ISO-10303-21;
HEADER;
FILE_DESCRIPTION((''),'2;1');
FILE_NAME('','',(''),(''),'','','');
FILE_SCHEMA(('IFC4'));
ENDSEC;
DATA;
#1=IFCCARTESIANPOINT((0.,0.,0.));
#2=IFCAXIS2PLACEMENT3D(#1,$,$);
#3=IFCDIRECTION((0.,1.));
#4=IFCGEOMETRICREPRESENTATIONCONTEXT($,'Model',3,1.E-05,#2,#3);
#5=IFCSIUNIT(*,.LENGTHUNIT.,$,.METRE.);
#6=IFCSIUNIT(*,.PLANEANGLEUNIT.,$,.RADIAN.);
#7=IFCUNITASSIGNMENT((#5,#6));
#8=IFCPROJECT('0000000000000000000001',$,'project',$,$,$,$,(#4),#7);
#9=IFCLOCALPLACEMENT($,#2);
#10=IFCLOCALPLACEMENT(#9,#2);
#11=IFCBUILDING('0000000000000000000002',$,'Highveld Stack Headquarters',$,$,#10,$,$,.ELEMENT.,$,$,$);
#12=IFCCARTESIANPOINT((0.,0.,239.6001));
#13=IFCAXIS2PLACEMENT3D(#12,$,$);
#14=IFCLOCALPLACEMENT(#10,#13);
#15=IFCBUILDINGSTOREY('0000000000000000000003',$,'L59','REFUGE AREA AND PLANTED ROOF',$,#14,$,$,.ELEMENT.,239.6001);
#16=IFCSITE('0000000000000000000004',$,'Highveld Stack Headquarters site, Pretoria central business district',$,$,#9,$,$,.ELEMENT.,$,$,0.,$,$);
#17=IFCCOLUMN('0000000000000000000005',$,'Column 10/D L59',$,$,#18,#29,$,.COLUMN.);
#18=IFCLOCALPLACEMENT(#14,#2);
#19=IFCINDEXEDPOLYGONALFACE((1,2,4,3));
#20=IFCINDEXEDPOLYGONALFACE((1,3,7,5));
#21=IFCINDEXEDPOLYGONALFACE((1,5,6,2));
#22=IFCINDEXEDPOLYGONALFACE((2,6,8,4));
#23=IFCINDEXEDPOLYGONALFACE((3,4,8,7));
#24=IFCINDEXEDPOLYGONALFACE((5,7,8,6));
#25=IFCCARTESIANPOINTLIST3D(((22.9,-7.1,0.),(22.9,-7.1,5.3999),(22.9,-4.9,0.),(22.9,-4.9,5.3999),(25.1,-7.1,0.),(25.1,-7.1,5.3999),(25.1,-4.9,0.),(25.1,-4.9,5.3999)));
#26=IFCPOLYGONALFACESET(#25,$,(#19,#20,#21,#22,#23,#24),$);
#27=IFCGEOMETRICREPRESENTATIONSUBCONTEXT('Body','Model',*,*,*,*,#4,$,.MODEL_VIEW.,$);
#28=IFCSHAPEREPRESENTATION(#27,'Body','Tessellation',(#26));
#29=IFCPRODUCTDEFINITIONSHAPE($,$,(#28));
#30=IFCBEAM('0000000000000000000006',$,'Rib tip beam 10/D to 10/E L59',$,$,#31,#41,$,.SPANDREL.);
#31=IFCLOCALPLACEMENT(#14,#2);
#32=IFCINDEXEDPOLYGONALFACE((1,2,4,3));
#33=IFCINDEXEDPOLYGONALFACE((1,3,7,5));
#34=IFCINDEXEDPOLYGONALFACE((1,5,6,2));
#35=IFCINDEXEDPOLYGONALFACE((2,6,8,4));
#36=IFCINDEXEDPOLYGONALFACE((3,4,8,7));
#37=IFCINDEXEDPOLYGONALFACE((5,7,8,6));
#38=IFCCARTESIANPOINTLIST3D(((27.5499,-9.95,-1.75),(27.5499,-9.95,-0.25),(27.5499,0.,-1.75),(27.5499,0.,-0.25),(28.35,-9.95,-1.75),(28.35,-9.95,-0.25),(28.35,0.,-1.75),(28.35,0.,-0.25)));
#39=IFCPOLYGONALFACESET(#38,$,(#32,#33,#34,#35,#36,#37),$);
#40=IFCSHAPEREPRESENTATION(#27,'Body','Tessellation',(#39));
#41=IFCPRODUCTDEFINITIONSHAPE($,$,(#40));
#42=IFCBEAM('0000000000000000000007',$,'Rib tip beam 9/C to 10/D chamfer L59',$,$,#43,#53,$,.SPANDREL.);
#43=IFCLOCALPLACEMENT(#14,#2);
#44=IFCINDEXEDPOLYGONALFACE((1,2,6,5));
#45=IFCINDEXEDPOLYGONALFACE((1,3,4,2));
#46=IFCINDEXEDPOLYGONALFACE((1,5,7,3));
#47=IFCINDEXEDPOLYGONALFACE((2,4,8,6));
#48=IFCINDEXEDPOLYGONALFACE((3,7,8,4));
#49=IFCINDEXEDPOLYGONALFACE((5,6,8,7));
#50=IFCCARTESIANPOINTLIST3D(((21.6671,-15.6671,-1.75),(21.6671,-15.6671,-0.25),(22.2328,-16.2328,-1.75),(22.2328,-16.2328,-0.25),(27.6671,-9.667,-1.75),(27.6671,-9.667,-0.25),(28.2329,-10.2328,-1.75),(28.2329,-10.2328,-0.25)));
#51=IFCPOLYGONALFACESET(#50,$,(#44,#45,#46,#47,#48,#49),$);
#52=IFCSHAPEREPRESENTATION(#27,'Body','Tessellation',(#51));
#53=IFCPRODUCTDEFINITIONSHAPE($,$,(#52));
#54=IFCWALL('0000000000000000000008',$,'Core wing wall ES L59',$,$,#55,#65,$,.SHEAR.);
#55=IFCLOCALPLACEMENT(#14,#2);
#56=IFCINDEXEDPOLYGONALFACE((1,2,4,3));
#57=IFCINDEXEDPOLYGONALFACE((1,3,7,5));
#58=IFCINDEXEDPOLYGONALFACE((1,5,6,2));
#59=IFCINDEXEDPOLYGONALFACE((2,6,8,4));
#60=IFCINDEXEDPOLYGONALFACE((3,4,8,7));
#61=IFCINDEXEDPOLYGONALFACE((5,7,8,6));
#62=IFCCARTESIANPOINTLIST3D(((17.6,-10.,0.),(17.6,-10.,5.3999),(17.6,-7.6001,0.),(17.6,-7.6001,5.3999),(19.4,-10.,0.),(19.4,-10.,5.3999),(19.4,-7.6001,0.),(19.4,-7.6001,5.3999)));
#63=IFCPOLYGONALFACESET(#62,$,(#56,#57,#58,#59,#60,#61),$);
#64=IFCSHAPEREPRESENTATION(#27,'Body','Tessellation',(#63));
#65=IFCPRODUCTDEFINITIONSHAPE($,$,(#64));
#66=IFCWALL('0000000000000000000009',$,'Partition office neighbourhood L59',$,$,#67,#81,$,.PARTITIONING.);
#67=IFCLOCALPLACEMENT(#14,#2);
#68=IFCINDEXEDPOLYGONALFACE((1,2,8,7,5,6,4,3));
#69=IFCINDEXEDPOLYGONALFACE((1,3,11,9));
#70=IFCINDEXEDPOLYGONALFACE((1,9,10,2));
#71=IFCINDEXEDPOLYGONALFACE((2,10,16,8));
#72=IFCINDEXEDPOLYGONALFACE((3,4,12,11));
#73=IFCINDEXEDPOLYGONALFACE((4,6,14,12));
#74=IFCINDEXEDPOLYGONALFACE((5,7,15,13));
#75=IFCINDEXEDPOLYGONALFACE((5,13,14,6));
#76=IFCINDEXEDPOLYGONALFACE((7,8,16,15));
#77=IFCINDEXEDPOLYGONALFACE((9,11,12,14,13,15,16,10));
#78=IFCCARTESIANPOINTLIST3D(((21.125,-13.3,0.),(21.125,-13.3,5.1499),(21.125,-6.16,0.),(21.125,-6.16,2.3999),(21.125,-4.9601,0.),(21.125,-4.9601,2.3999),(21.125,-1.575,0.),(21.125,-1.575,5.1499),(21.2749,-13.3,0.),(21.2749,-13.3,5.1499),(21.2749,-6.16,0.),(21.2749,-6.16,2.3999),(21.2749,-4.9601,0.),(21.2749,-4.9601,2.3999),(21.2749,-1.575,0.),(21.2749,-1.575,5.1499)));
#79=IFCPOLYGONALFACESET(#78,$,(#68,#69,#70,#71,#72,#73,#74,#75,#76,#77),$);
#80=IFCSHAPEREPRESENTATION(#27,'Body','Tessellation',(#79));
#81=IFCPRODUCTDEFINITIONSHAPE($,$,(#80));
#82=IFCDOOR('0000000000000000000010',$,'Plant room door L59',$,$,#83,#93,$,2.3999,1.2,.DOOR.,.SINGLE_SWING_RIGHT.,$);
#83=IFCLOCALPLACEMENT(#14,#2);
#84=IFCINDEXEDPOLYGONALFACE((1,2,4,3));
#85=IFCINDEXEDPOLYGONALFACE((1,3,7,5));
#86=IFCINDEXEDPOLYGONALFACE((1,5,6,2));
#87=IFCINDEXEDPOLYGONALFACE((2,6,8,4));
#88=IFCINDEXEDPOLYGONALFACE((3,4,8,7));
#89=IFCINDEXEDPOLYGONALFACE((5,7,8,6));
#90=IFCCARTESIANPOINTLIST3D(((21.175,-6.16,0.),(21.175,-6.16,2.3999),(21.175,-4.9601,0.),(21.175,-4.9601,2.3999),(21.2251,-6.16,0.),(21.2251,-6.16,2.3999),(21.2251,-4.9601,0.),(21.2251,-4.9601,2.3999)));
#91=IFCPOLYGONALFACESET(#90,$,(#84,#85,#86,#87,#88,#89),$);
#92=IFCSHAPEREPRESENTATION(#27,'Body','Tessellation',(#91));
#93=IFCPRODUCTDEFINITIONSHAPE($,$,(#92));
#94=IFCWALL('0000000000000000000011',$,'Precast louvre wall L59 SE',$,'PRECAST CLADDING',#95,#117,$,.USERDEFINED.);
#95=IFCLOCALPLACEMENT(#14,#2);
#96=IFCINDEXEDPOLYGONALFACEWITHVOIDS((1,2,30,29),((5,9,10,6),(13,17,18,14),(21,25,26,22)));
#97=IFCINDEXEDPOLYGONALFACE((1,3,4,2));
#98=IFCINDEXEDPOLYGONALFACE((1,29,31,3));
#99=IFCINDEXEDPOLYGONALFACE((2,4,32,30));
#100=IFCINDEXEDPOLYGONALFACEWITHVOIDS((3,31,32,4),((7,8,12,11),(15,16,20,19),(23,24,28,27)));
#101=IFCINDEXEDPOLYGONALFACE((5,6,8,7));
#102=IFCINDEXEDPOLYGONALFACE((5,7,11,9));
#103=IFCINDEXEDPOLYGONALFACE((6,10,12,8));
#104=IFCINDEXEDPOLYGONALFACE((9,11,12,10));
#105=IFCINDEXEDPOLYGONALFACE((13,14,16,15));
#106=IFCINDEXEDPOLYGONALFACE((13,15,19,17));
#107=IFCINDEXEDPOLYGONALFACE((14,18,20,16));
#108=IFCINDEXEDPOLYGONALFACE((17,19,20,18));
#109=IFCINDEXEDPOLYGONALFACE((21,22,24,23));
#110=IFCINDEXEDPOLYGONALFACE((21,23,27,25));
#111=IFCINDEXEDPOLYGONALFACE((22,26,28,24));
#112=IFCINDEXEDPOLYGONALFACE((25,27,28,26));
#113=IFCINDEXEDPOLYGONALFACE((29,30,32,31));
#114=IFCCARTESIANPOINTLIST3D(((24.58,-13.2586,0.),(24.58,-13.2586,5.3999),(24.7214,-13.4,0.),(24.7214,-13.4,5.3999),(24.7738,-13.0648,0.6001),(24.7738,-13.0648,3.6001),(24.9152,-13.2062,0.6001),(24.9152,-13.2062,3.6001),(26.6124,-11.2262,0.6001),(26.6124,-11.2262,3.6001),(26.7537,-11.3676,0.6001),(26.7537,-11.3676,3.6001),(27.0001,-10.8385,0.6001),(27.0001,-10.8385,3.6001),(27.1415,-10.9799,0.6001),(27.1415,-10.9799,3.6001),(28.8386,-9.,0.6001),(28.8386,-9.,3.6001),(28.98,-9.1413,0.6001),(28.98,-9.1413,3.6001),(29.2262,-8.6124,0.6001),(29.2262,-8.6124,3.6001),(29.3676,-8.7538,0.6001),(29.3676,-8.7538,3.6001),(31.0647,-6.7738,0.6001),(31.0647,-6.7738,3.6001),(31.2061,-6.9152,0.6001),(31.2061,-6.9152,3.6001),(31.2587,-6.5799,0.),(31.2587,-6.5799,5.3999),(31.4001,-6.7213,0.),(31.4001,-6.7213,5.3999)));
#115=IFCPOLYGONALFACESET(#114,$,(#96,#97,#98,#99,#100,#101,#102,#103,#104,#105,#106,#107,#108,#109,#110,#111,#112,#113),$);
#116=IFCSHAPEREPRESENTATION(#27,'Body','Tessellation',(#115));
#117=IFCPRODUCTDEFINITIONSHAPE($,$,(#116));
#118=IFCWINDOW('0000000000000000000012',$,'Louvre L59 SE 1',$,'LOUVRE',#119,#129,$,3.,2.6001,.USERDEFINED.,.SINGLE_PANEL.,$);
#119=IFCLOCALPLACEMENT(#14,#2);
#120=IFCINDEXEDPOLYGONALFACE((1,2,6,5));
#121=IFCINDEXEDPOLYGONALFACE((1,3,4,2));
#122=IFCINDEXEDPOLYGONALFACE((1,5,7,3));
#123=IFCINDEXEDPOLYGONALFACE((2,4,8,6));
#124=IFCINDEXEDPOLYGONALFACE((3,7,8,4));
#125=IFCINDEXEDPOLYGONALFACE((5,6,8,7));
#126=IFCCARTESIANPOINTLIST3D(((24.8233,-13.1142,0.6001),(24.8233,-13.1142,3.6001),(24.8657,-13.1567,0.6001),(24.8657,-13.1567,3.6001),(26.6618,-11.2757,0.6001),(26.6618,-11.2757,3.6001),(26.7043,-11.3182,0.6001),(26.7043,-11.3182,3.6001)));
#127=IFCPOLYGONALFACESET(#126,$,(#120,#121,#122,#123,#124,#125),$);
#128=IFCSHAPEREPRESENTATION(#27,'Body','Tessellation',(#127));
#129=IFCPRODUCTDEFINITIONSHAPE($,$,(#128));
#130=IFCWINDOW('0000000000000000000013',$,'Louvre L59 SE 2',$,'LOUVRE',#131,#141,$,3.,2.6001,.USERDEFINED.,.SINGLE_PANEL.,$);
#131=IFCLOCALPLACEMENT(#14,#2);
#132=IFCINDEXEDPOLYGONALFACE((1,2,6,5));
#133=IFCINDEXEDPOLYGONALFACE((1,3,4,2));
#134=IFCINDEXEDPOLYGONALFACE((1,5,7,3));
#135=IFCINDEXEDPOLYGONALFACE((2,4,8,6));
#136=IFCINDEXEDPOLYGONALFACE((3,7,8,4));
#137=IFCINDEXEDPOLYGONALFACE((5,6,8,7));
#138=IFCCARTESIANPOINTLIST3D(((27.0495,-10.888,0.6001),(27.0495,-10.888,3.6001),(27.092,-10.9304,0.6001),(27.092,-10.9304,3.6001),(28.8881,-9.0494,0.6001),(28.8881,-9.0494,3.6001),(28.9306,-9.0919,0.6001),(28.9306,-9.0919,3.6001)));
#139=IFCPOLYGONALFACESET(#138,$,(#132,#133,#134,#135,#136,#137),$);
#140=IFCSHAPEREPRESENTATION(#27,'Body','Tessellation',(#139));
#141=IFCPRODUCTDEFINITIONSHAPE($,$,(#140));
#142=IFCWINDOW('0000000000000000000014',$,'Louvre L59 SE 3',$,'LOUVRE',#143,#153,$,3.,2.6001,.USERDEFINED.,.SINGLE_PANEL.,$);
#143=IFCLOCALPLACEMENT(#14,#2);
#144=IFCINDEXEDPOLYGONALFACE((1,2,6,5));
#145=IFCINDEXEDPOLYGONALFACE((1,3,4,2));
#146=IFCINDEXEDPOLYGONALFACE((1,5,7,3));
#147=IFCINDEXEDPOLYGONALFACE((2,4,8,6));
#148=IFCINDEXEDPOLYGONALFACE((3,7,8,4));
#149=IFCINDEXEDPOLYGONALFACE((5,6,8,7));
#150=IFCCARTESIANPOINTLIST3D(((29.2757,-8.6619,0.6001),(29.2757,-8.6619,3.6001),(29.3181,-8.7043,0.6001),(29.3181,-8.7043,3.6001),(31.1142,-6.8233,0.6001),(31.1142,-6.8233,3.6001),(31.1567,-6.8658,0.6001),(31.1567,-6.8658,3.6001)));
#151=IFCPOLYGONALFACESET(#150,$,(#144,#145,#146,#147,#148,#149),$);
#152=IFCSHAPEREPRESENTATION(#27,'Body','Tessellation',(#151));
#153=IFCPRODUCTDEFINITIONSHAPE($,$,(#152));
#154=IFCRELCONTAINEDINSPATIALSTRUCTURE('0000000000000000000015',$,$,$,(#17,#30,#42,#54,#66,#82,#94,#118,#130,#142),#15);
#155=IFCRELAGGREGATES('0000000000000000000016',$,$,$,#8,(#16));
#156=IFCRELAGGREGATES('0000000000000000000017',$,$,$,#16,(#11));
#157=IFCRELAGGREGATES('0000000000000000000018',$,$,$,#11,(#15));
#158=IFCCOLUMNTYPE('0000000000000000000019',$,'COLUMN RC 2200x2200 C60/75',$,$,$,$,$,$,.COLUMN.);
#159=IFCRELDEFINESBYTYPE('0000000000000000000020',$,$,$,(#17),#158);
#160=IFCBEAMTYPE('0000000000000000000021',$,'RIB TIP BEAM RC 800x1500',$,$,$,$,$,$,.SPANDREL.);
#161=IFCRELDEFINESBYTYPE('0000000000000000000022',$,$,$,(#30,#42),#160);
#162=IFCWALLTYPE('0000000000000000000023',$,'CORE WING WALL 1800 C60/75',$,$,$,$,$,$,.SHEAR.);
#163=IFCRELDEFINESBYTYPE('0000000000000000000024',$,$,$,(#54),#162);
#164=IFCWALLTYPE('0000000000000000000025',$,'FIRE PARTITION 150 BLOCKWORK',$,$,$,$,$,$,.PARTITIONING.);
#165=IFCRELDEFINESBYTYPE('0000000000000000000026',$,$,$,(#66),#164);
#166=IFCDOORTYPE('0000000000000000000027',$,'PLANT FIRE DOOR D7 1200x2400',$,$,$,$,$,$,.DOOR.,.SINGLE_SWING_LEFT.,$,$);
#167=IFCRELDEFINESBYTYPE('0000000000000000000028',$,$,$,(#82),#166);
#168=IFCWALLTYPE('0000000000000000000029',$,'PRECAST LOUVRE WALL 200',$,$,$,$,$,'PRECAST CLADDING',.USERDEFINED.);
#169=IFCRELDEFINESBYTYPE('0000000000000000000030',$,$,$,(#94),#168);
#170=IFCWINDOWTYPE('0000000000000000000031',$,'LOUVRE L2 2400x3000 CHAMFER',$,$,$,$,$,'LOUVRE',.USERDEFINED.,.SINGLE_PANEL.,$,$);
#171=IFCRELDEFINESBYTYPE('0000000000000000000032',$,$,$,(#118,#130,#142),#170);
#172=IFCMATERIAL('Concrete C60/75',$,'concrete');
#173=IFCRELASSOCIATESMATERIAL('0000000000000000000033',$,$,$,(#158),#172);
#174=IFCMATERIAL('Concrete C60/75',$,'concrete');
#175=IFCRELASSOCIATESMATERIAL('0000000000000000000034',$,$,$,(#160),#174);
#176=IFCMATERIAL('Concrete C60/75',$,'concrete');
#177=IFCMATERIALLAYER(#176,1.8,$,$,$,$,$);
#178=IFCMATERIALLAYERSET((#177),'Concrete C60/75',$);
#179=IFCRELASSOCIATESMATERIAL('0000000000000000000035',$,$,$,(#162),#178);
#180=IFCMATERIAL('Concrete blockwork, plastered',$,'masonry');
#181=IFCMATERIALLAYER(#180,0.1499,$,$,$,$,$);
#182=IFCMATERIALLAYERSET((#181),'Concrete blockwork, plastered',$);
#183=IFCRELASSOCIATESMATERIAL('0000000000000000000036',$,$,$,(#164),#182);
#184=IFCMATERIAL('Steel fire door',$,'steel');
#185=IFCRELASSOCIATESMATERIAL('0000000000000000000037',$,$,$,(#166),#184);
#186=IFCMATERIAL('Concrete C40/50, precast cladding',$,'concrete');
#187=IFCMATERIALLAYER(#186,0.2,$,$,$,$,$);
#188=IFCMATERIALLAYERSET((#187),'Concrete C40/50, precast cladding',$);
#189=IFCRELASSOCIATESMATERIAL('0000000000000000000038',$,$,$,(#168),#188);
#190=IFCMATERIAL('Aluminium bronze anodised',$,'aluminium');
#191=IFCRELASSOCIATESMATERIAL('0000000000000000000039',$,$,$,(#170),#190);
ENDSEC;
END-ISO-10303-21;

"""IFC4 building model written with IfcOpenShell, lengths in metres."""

from ifc_helpers import new_model, si_unit, direction, frame, frame_2d, origin, origin_2d, place, context, subcontext, project, spatial, rectangle, extrude, material, layer, layer_set, material_profile, profile_set, type_object, element, fill, save


model = new_model("IFC4")

# Units and contexts
model_context = context("Model", 3, precision=1e-05, world=origin(), true_north=direction((0.0, 1.0)))
body_context = subcontext(model_context, "Body", "Model", "MODEL_VIEW")
ifc_project = project(units=[si_unit("LENGTHUNIT", "METRE"), si_unit("PLANEANGLEUNIT", "RADIAN")], contexts=[model_context])

# Site, building, storey
site_placement = place(None, origin())
site = spatial("IfcSite", under=ifc_project, at=site_placement, Name="Highveld Stack Headquarters site, Pretoria central business district", CompositionType="ELEMENT", RefElevation=0.0)
building_placement = place(site_placement, origin())
building = spatial("IfcBuilding", under=site, at=building_placement, Name="Highveld Stack Headquarters", CompositionType="ELEMENT")
storey_placement = place(building_placement, frame((0.0, 0.0, 239.6001)))
storey = spatial("IfcBuildingStorey", under=building, at=storey_placement, Name="L59", Description="REFUGE AREA AND PLANTED ROOF", CompositionType="ELEMENT", Elevation=239.6001)

# Column
ifc_material_1 = material(Name="Concrete C60/75", Category="concrete")
ifc_material_profile_1 = material_profile(ifc_material_1, rectangle(XDim=2.2, YDim=2.2, at=origin_2d()), Name="RC 2200x2200")
ifc_profile_set_1 = profile_set([ifc_material_profile_1], Name="Concrete C60/75")
column_type = type_object("IfcColumnType", Name="COLUMN RC 2200x2200 C60/75", PredefinedType="COLUMN", material=ifc_profile_set_1)
column_placement = place(storey_placement, frame((24.0, -6.0, 0.0), z_axis=(0.0, 0.0, 1.0), x_axis=(1.0, 0.0, 0.0)))
element("IfcColumn", 1, at=column_placement, inside=storey, type_object=column_type, Name="Column 10/D L59", PredefinedType="COLUMN", context=body_context, shape_type="SweptSolid", body=[
    extrude(rectangle(XDim=2.2, YDim=2.2, at=origin_2d()), origin(), (0.0, 0.0, 1.0), 5.3999),
])

# Beams
ifc_material_2 = material(Name="Concrete C60/75", Category="concrete")
ifc_material_profile_2 = material_profile(ifc_material_2, rectangle(XDim=0.8, YDim=1.5, at=origin_2d()), Name="RC 800x1500")
ifc_profile_set_2 = profile_set([ifc_material_profile_2], Name="Concrete C60/75")
beam_type = type_object("IfcBeamType", Name="RIB TIP BEAM RC 800x1500", PredefinedType="SPANDREL", material=ifc_profile_set_2)
beam_1_placement = place(storey_placement, frame((27.95, -9.95, -1.0), z_axis=(0.0, 1.0, 0.0), x_axis=(-1.0, 0.0, 0.0)))
element("IfcBeam", 2, at=beam_1_placement, inside=storey, type_object=beam_type, Name="Rib tip beam 10/D to 10/E L59", PredefinedType="SPANDREL", context=body_context, shape_type="SweptSolid", body=[
    extrude(rectangle(XDim=0.8, YDim=1.5, at=origin_2d()), origin(), (0.0, 0.0, 1.0), 9.95),
])
beam_2_placement = place(storey_placement, frame((21.95, -15.95, -1.0), z_axis=(0.707107, 0.707107, 0.0), x_axis=(-0.707107, 0.707107, 0.0)))
element("IfcBeam", 3, at=beam_2_placement, inside=storey, type_object=beam_type, Name="Rib tip beam 9/C to 10/D chamfer L59", PredefinedType="SPANDREL", context=body_context, shape_type="SweptSolid", body=[
    extrude(rectangle(XDim=0.8, YDim=1.5, at=origin_2d()), origin(), (0.0, 0.0, 1.0), 8.4854),
])

# Wall
ifc_material_3 = material(Name="Concrete C60/75", Category="concrete")
ifc_layer_1 = layer(ifc_material_3, 1.8)
ifc_layer_set_1 = layer_set([ifc_layer_1], Name="Concrete C60/75")
wall_type_1 = type_object("IfcWallType", Name="CORE WING WALL 1800 C60/75", PredefinedType="SHEAR", material=ifc_layer_set_1)
wall_1_placement = place(storey_placement, frame((18.5, -10.0, 0.0), z_axis=(0.0, 0.0, 1.0), x_axis=(0.0, 1.0, 0.0)))
element("IfcWall", 4, at=wall_1_placement, inside=storey, type_object=wall_type_1, Name="Core wing wall ES L59", PredefinedType="SHEAR", context=body_context, shape_type="SweptSolid", body=[
    extrude(rectangle(XDim=2.3999, YDim=1.8, at=frame_2d((1.2, 0.0))), origin(), (0.0, 0.0, 1.0), 5.3999),
])

# Wall, opening, door
ifc_material_4 = material(Name="Concrete blockwork, plastered", Category="masonry")
ifc_layer_2 = layer(ifc_material_4, 0.1499)
ifc_layer_set_2 = layer_set([ifc_layer_2], Name="Concrete blockwork, plastered")
wall_type_2 = type_object("IfcWallType", Name="FIRE PARTITION 150 BLOCKWORK", PredefinedType="PARTITIONING", material=ifc_layer_set_2)
wall_2_placement = place(storey_placement, frame((21.2, -13.3, 0.0), z_axis=(0.0, 0.0, 1.0), x_axis=(0.0, 1.0, 0.0)))
wall_2 = element("IfcWall", 5, at=wall_2_placement, inside=storey, type_object=wall_type_2, Name="Partition office neighbourhood L59", PredefinedType="PARTITIONING", context=body_context, shape_type="SweptSolid", body=[
    extrude(rectangle(XDim=11.7251, YDim=0.1499, at=frame_2d((5.8625, 0.0))), origin(), (0.0, 0.0, 1.0), 5.1499),
])
opening_1_placement = place(wall_2_placement, frame((7.1399, 0.0, 0.0)))
opening_1 = element("IfcOpeningElement", 6, at=opening_1_placement, cuts=wall_2, PredefinedType="OPENING", context=body_context, shape_type="SweptSolid", body=[
    extrude(rectangle(XDim=1.2, YDim=2.3999, at=frame_2d((0.6001, 1.2))), frame((0.0, 0.085, 0.0), z_axis=(0.0, -1.0, 0.0), x_axis=(1.0, 0.0, 0.0)), (0.0, 0.0, 1.0), 0.1699),
])
ifc_material_5 = material(Name="Steel fire door", Category="steel")
door_type_1 = type_object("IfcDoorType", Name="PLANT FIRE DOOR D7 1200x2400", OperationType="SINGLE_SWING_LEFT", PredefinedType="DOOR", material=ifc_material_5)
door_1_placement = place(opening_1_placement, origin())
door_1 = element("IfcDoor", 7, at=door_1_placement, inside=storey, type_object=door_type_1, Name="Plant room door L59", OperationType="SINGLE_SWING_RIGHT", OverallHeight=2.3999, OverallWidth=1.2, PredefinedType="DOOR", context=body_context, shape_type="SweptSolid", body=[
    extrude(rectangle(XDim=1.2, YDim=2.3999, at=frame_2d((0.6001, 1.2))), frame((0.0, 0.0249, 0.0), z_axis=(0.0, -1.0, 0.0), x_axis=(1.0, 0.0, 0.0)), (0.0, 0.0, 1.0), 0.05),
])
fill(opening_1, door_1)

# Wall, openings, windows
ifc_material_6 = material(Name="Concrete C40/50, precast cladding", Category="concrete")
ifc_layer_3 = layer(ifc_material_6, 0.2)
ifc_layer_set_3 = layer_set([ifc_layer_3], Name="Concrete C40/50, precast cladding")
wall_type_3 = type_object("IfcWallType", Name="PRECAST LOUVRE WALL 200", ElementType="PRECAST CLADDING", PredefinedType="USERDEFINED", material=ifc_layer_set_3)
wall_3_placement = place(storey_placement, frame((24.6506, -13.3293, 0.0), z_axis=(0.0, 0.0, 1.0), x_axis=(0.707107, 0.707107, 0.0)))
wall_3 = element("IfcWall", 8, at=wall_3_placement, inside=storey, type_object=wall_type_3, Name="Precast louvre wall L59 SE", ObjectType="PRECAST CLADDING", PredefinedType="USERDEFINED", context=body_context, shape_type="SweptSolid", body=[
    extrude(rectangle(XDim=9.4451, YDim=0.2, at=frame_2d((4.7227, 0.0))), origin(), (0.0, 0.0, 1.0), 5.3999),
])
opening_2_placement = place(wall_3_placement, frame((0.2742, 0.0, 0.6001)))
opening_2 = element("IfcOpeningElement", 9, at=opening_2_placement, cuts=wall_3, PredefinedType="OPENING", context=body_context, shape_type="SweptSolid", body=[
    extrude(rectangle(XDim=2.6001, YDim=3.0, at=frame_2d((1.3, 1.5))), frame((0.0, 0.1099, 0.0), z_axis=(0.0, -1.0, 0.0), x_axis=(1.0, 0.0, 0.0)), (0.0, 0.0, 1.0), 0.22),
])
opening_3_placement = place(wall_3_placement, frame((3.4226, 0.0, 0.6001)))
opening_3 = element("IfcOpeningElement", 10, at=opening_3_placement, cuts=wall_3, PredefinedType="OPENING", context=body_context, shape_type="SweptSolid", body=[
    extrude(rectangle(XDim=2.6001, YDim=3.0, at=frame_2d((1.3, 1.5))), frame((0.0, 0.1099, 0.0), z_axis=(0.0, -1.0, 0.0), x_axis=(1.0, 0.0, 0.0)), (0.0, 0.0, 1.0), 0.22),
])
opening_4_placement = place(wall_3_placement, frame((6.5708, 0.0, 0.6001)))
opening_4 = element("IfcOpeningElement", 11, at=opening_4_placement, cuts=wall_3, PredefinedType="OPENING", context=body_context, shape_type="SweptSolid", body=[
    extrude(rectangle(XDim=2.6001, YDim=3.0, at=frame_2d((1.3, 1.5))), frame((0.0, 0.1099, 0.0), z_axis=(0.0, -1.0, 0.0), x_axis=(1.0, 0.0, 0.0)), (0.0, 0.0, 1.0), 0.22),
])
ifc_material_7 = material(Name="Aluminium bronze anodised", Category="aluminium")
window_type_1 = type_object("IfcWindowType", Name="LOUVRE L2 2400x3000 CHAMFER", ElementType="LOUVRE", PartitioningType="SINGLE_PANEL", PredefinedType="USERDEFINED", material=ifc_material_7)
window_1_placement = place(opening_2_placement, origin())
window_1 = element("IfcWindow", 12, at=window_1_placement, inside=storey, type_object=window_type_1, Name="Louvre L59 SE 1", ObjectType="LOUVRE", OverallHeight=3.0, OverallWidth=2.6001, PartitioningType="SINGLE_PANEL", PredefinedType="USERDEFINED", context=body_context, shape_type="SweptSolid", body=[
    extrude(rectangle(XDim=2.6001, YDim=3.0, at=frame_2d((1.3, 1.5))), frame((0.0, 0.03, 0.0), z_axis=(0.0, -1.0, 0.0), x_axis=(1.0, 0.0, 0.0)), (0.0, 0.0, 1.0), 0.0601),
])
fill(opening_2, window_1)
window_2_placement = place(opening_3_placement, origin())
window_2 = element("IfcWindow", 13, at=window_2_placement, inside=storey, type_object=window_type_1, Name="Louvre L59 SE 2", ObjectType="LOUVRE", OverallHeight=3.0, OverallWidth=2.6001, PartitioningType="SINGLE_PANEL", PredefinedType="USERDEFINED", context=body_context, shape_type="SweptSolid", body=[
    extrude(rectangle(XDim=2.6001, YDim=3.0, at=frame_2d((1.3, 1.5))), frame((0.0, 0.03, 0.0), z_axis=(0.0, -1.0, 0.0), x_axis=(1.0, 0.0, 0.0)), (0.0, 0.0, 1.0), 0.0601),
])
fill(opening_3, window_2)
window_3_placement = place(opening_4_placement, origin())
window_3 = element("IfcWindow", 14, at=window_3_placement, inside=storey, type_object=window_type_1, Name="Louvre L59 SE 3", ObjectType="LOUVRE", OverallHeight=3.0, OverallWidth=2.6001, PartitioningType="SINGLE_PANEL", PredefinedType="USERDEFINED", context=body_context, shape_type="SweptSolid", body=[
    extrude(rectangle(XDim=2.6001, YDim=3.0, at=frame_2d((1.3, 1.5))), frame((0.0, 0.03, 0.0), z_axis=(0.0, -1.0, 0.0), x_axis=(1.0, 0.0, 0.0)), (0.0, 0.0, 1.0), 0.0601),
])
fill(opening_4, window_3)

save(model, "model.ifc")
